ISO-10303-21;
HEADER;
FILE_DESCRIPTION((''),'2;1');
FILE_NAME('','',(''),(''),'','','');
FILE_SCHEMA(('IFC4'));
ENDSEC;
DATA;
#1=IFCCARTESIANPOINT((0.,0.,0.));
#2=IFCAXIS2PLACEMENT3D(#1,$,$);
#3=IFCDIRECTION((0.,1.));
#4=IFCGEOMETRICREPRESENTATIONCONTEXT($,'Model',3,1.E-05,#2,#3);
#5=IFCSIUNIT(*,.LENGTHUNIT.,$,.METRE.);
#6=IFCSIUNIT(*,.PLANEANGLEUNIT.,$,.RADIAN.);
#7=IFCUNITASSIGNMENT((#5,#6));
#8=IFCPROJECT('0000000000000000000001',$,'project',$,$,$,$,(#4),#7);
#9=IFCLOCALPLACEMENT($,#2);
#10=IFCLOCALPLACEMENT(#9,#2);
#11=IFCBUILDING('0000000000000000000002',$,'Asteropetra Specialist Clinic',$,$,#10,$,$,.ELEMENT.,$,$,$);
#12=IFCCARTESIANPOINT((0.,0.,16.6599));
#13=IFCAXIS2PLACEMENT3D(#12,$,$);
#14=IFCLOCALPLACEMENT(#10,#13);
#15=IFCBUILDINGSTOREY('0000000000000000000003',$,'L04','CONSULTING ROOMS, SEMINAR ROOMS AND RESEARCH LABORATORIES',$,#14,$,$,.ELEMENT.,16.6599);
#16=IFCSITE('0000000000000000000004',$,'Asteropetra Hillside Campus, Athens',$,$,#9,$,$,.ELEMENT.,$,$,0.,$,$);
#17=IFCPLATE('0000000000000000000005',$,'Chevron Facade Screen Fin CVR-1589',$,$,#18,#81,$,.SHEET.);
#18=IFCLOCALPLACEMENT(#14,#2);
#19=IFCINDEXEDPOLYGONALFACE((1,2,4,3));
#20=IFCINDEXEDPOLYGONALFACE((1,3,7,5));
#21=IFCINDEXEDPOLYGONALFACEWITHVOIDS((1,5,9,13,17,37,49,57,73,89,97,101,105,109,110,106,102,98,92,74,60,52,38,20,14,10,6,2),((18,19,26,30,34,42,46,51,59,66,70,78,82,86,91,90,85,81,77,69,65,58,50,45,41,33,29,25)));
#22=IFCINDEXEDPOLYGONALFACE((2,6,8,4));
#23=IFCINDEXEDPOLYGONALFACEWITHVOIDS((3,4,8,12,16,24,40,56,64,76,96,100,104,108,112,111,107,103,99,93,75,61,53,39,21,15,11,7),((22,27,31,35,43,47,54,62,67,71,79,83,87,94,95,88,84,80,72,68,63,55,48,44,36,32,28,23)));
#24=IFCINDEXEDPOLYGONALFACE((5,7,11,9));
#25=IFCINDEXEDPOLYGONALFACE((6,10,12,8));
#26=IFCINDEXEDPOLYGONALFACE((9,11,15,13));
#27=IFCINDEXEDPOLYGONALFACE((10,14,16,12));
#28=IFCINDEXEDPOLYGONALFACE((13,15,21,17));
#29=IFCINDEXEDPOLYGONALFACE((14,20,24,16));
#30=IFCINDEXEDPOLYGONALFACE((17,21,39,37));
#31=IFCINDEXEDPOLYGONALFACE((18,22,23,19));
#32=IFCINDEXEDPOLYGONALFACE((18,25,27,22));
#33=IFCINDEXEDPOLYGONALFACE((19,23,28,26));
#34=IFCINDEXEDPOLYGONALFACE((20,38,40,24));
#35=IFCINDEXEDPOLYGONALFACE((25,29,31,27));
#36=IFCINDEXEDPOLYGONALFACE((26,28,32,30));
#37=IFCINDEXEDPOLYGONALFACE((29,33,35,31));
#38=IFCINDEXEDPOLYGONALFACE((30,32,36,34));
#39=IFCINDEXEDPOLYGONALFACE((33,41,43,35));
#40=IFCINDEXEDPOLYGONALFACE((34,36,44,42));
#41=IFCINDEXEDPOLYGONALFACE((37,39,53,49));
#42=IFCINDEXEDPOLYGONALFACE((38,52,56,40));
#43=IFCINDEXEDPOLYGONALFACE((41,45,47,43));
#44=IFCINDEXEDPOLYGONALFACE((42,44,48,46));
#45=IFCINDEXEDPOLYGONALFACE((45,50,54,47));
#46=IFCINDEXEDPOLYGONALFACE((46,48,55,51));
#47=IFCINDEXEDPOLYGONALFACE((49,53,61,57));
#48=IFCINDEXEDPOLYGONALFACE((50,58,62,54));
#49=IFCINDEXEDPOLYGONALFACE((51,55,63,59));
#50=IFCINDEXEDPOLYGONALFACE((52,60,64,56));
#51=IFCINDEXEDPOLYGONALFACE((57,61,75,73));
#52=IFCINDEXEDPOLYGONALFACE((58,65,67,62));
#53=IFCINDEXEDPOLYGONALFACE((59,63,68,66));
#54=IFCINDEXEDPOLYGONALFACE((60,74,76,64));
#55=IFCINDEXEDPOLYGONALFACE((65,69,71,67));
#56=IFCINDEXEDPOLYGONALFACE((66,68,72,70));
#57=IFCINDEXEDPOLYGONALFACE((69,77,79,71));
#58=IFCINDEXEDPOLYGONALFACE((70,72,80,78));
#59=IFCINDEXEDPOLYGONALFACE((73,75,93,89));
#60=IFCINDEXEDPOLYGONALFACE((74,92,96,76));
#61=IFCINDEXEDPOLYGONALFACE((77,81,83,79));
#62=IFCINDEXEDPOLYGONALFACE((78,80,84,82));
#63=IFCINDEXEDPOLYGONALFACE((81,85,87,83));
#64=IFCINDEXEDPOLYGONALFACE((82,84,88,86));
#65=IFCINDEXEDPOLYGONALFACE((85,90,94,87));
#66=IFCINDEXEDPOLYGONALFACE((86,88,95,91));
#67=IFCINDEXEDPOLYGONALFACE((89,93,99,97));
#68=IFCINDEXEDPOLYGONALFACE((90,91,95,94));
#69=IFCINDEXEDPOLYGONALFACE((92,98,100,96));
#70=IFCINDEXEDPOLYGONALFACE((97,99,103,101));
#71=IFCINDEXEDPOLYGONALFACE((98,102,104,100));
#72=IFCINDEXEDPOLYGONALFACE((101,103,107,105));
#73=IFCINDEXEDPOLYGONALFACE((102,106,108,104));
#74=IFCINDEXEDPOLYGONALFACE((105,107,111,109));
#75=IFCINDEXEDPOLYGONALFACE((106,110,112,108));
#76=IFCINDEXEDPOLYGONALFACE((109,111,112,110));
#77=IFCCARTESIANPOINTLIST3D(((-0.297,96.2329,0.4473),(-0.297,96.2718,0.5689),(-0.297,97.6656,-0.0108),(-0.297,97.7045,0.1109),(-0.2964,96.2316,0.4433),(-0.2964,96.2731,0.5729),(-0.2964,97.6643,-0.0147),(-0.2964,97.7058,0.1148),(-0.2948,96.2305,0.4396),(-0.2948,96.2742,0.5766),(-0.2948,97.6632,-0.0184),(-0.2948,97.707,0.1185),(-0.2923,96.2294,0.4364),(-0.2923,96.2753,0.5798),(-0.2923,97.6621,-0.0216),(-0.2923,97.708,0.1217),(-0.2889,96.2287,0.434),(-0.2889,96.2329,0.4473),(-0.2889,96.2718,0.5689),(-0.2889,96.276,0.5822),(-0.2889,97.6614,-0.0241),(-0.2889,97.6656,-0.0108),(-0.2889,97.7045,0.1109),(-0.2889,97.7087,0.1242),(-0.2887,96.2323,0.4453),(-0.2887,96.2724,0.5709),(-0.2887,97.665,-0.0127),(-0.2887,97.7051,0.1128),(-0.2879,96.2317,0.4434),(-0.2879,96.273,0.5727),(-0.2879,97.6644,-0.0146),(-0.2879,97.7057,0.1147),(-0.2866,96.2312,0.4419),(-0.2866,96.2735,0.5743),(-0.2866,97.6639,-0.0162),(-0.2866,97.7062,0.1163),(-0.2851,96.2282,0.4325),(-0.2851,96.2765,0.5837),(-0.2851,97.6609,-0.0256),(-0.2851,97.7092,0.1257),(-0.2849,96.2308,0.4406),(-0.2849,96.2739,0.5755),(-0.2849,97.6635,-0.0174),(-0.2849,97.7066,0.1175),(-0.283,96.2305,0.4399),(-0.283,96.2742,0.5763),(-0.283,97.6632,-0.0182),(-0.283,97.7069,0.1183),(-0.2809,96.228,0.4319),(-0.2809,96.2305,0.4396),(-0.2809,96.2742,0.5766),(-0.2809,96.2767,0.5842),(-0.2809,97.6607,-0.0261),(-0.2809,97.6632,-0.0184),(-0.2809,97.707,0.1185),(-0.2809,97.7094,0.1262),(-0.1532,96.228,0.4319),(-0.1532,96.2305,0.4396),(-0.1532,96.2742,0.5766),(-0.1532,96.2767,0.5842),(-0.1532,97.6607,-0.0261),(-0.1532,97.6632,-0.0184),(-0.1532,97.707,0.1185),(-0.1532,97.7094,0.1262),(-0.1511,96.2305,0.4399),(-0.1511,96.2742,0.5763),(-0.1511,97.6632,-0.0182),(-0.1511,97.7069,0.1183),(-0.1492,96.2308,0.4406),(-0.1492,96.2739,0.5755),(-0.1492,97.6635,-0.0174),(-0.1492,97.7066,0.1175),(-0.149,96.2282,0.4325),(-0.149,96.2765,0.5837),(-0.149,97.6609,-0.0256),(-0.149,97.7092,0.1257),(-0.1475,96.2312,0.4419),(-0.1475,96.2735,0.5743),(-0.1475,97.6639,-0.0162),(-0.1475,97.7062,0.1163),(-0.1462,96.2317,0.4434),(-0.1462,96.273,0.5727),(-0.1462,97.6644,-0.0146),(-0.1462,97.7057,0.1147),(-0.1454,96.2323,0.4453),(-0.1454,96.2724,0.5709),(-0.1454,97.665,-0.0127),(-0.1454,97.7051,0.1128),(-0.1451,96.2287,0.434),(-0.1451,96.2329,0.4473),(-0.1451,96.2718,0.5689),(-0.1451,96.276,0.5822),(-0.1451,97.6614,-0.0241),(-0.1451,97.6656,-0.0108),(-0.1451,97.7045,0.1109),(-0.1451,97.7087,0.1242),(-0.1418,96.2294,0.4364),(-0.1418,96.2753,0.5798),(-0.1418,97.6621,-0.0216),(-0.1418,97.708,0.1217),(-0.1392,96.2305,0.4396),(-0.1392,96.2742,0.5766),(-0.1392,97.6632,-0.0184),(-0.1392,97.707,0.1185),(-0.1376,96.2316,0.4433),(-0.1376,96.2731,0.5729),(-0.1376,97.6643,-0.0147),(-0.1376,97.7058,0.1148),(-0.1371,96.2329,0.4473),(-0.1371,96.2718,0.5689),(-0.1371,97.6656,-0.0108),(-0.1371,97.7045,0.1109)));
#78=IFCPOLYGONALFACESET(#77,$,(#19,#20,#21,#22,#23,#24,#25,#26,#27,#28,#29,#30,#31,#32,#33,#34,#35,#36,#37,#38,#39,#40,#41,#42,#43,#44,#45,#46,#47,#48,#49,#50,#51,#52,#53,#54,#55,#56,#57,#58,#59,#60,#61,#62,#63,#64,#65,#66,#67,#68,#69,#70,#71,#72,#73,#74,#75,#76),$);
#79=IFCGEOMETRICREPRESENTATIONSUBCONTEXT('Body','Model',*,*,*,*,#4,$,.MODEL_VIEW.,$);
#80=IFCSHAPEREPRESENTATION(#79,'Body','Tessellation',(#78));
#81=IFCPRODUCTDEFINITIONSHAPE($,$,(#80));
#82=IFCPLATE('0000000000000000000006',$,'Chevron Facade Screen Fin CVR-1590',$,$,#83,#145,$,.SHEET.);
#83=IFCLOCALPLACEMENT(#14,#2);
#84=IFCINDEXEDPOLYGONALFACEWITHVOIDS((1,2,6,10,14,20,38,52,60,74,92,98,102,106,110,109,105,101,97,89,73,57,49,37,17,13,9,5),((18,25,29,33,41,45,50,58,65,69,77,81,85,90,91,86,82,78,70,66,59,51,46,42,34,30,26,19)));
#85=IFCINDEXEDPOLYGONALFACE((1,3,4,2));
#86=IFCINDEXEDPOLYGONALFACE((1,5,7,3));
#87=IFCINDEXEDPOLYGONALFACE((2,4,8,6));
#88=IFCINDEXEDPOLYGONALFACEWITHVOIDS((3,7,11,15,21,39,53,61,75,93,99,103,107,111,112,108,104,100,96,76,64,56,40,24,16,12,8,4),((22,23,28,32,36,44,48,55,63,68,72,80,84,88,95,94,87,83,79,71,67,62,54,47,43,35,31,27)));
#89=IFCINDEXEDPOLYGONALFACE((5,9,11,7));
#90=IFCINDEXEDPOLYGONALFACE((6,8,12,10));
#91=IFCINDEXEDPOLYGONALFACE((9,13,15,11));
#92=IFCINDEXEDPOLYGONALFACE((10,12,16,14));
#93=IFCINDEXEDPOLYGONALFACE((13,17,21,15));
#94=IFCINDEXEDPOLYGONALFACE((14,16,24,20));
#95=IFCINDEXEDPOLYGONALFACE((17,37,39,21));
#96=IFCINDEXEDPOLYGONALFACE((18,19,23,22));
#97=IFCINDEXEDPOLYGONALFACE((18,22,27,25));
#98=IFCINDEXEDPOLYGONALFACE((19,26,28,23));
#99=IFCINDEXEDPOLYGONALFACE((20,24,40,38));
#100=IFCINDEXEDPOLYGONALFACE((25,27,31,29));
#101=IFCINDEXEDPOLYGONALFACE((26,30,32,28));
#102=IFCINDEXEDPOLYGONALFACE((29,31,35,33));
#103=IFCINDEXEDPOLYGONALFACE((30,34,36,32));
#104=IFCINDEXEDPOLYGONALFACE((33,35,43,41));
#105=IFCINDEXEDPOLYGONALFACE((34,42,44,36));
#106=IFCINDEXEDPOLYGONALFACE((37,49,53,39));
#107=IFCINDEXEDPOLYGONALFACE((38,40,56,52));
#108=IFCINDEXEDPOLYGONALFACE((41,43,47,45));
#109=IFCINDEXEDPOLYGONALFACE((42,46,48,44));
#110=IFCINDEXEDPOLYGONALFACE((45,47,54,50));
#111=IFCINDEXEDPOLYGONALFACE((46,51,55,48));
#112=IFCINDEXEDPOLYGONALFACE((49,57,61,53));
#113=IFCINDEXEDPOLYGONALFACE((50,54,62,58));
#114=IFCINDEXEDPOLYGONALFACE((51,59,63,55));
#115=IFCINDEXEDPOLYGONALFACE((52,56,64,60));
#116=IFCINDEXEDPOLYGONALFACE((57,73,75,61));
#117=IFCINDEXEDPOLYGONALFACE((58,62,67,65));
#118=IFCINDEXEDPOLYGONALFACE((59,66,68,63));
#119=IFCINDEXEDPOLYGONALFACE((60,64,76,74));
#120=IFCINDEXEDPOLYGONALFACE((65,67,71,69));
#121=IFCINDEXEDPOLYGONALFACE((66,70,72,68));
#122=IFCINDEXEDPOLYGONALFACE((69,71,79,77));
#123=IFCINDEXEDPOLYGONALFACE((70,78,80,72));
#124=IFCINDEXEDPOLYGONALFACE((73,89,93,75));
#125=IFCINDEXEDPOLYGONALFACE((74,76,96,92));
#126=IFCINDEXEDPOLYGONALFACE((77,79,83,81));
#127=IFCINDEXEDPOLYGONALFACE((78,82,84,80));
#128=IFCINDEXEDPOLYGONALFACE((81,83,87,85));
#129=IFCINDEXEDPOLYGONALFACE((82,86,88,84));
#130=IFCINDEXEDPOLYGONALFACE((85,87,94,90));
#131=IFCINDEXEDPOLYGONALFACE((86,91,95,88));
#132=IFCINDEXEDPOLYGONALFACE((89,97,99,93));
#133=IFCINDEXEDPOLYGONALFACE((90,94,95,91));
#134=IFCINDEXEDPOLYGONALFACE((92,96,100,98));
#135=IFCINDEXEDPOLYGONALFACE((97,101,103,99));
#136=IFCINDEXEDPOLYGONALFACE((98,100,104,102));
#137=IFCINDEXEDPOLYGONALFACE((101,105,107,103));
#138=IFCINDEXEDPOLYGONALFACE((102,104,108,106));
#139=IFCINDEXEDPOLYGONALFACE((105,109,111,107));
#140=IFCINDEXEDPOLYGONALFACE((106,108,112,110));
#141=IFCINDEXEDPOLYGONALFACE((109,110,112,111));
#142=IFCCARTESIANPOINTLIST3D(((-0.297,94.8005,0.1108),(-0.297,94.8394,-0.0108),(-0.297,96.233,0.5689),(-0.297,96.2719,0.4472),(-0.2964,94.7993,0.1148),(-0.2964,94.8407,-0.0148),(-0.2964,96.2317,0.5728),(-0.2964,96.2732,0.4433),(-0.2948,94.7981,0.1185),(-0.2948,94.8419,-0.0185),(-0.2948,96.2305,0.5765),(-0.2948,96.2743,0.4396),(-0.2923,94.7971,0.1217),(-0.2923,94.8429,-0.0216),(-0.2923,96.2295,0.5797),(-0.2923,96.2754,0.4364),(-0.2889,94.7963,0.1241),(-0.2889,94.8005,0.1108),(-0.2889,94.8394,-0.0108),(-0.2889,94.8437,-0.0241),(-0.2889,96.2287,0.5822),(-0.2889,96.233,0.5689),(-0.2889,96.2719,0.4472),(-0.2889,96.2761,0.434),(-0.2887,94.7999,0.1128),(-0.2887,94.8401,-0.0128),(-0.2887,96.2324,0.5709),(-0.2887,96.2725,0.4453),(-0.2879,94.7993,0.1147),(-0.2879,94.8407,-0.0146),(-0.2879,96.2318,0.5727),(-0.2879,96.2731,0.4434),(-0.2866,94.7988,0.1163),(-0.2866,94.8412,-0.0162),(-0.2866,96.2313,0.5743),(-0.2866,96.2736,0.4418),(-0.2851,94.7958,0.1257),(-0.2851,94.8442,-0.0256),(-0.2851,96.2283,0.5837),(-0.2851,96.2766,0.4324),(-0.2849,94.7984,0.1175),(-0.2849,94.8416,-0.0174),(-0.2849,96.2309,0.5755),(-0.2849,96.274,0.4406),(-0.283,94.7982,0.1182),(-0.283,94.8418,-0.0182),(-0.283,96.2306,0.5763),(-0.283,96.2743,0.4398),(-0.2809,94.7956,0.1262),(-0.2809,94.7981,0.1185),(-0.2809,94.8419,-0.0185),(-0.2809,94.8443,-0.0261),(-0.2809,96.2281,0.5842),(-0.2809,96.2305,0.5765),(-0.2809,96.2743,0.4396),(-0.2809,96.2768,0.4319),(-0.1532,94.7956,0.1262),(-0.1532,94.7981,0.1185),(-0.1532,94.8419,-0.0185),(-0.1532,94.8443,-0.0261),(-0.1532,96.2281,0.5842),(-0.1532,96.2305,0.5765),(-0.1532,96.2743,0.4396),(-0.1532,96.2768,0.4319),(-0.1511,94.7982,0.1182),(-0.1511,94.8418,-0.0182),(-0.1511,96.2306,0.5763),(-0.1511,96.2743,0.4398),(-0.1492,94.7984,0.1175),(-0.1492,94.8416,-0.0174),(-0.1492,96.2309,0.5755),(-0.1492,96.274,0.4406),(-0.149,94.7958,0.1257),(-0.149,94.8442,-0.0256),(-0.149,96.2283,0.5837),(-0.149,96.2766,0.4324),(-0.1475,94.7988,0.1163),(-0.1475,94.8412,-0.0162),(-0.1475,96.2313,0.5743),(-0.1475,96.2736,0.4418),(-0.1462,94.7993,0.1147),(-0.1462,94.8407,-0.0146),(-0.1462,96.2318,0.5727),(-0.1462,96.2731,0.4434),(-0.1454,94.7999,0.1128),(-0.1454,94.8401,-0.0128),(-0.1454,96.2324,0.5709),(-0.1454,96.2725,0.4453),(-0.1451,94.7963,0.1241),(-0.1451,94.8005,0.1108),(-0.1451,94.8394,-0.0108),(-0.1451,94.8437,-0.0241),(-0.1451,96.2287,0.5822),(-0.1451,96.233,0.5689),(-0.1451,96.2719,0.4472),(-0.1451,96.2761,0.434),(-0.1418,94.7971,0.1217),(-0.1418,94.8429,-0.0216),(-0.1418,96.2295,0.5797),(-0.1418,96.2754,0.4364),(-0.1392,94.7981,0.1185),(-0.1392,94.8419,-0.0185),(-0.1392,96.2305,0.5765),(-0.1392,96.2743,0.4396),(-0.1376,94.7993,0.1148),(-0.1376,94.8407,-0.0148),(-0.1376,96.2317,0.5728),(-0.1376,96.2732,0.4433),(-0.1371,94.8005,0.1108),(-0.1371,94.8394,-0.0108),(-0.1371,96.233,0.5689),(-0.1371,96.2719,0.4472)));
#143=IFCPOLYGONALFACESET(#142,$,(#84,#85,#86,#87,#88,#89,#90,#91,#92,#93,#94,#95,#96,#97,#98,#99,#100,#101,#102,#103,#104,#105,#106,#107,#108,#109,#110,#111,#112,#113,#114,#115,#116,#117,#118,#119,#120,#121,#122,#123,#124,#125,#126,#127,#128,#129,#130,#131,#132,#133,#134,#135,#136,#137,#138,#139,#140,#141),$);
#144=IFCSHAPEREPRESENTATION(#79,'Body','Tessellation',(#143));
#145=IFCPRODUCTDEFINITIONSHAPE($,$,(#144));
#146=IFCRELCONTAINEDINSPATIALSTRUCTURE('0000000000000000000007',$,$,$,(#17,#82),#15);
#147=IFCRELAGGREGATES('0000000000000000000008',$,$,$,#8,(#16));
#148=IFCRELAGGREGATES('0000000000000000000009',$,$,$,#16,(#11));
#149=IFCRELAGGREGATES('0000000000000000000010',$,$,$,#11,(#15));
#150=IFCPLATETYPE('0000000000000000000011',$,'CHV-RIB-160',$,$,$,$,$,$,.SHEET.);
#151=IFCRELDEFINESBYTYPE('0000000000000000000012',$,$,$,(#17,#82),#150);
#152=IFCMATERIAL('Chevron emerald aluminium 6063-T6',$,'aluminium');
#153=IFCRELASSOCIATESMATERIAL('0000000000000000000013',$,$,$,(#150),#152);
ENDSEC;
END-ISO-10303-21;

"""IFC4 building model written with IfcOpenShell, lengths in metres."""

from ifc_helpers import new_model, si_unit, direction, frame, origin, origin_2d, place, context, subcontext, project, spatial, hollow_rectangle, extrude, material, material_profile, profile_set, type_object, element, save


model = new_model("IFC4")

# Units and contexts
model_context = context("Model", 3, precision=1e-05, world=origin(), true_north=direction((0.0, 1.0)))
body_context = subcontext(model_context, "Body", "Model", "MODEL_VIEW")
ifc_project = project(units=[si_unit("LENGTHUNIT", "METRE"), si_unit("PLANEANGLEUNIT", "RADIAN")], contexts=[model_context])

# Site, building, storey
site_placement = place(None, origin())
site = spatial("IfcSite", under=ifc_project, at=site_placement, Name="Asteropetra Hillside Campus, Athens", CompositionType="ELEMENT", RefElevation=0.0)
building_placement = place(site_placement, origin())
building = spatial("IfcBuilding", under=site, at=building_placement, Name="Asteropetra Specialist Clinic", CompositionType="ELEMENT")
storey_placement = place(building_placement, frame((0.0, 0.0, 16.6599)))
storey = spatial("IfcBuildingStorey", under=building, at=storey_placement, Name="L04", Description="CONSULTING ROOMS, SEMINAR ROOMS AND RESEARCH LABORATORIES", CompositionType="ELEMENT", Elevation=16.6599)

# Plates
ifc_material_1 = material(Name="Chevron emerald aluminium 6063-T6", Category="aluminium")
ifc_material_profile = material_profile(ifc_material_1, hollow_rectangle(XDim=0.1599, YDim=0.1599, WallThickness=0.0081, InnerFilletRadius=0.0081, OuterFilletRadius=0.0161, at=origin_2d()), Name="SHS 160x160x8.0")
ifc_profile_set = profile_set([ifc_material_profile], Name="Chevron emerald aluminium 6063-T6")
plate_type_1 = type_object("IfcPlateType", Name="CHV-RIB-160", PredefinedType="SHEET", material=ifc_profile_set)
plate_1_placement = place(storey_placement, frame((-0.217, 97.6851, 0.05), z_axis=(0.0, -0.952507, 0.304517), x_axis=(1.0, 0.0, 0.0)))
element("IfcPlate", 1, at=plate_1_placement, inside=storey, type_object=plate_type_1, Name="Chevron Facade Screen Fin CVR-1589", PredefinedType="SHEET", context=body_context, shape_type="SweptSolid", body=[
    extrude(hollow_rectangle(XDim=0.1599, YDim=0.1599, WallThickness=0.0081, InnerFilletRadius=0.0081, OuterFilletRadius=0.0161, at=origin_2d()), origin(), (0.0, 0.0, 1.0), 1.5042),
])
plate_2_placement = place(storey_placement, frame((-0.217, 96.2524, 0.5081), z_axis=(0.0, -0.952492, -0.304564), x_axis=(1.0, 0.0, 0.0)))
element("IfcPlate", 2, at=plate_2_placement, inside=storey, type_object=plate_type_1, Name="Chevron Facade Screen Fin CVR-1590", PredefinedType="SHEET", context=body_context, shape_type="SweptSolid", body=[
    extrude(hollow_rectangle(XDim=0.1599, YDim=0.1599, WallThickness=0.0081, InnerFilletRadius=0.0081, OuterFilletRadius=0.0161, at=origin_2d()), origin(), (0.0, 0.0, 1.0), 1.5039),
])

save(model, "model.ifc")
